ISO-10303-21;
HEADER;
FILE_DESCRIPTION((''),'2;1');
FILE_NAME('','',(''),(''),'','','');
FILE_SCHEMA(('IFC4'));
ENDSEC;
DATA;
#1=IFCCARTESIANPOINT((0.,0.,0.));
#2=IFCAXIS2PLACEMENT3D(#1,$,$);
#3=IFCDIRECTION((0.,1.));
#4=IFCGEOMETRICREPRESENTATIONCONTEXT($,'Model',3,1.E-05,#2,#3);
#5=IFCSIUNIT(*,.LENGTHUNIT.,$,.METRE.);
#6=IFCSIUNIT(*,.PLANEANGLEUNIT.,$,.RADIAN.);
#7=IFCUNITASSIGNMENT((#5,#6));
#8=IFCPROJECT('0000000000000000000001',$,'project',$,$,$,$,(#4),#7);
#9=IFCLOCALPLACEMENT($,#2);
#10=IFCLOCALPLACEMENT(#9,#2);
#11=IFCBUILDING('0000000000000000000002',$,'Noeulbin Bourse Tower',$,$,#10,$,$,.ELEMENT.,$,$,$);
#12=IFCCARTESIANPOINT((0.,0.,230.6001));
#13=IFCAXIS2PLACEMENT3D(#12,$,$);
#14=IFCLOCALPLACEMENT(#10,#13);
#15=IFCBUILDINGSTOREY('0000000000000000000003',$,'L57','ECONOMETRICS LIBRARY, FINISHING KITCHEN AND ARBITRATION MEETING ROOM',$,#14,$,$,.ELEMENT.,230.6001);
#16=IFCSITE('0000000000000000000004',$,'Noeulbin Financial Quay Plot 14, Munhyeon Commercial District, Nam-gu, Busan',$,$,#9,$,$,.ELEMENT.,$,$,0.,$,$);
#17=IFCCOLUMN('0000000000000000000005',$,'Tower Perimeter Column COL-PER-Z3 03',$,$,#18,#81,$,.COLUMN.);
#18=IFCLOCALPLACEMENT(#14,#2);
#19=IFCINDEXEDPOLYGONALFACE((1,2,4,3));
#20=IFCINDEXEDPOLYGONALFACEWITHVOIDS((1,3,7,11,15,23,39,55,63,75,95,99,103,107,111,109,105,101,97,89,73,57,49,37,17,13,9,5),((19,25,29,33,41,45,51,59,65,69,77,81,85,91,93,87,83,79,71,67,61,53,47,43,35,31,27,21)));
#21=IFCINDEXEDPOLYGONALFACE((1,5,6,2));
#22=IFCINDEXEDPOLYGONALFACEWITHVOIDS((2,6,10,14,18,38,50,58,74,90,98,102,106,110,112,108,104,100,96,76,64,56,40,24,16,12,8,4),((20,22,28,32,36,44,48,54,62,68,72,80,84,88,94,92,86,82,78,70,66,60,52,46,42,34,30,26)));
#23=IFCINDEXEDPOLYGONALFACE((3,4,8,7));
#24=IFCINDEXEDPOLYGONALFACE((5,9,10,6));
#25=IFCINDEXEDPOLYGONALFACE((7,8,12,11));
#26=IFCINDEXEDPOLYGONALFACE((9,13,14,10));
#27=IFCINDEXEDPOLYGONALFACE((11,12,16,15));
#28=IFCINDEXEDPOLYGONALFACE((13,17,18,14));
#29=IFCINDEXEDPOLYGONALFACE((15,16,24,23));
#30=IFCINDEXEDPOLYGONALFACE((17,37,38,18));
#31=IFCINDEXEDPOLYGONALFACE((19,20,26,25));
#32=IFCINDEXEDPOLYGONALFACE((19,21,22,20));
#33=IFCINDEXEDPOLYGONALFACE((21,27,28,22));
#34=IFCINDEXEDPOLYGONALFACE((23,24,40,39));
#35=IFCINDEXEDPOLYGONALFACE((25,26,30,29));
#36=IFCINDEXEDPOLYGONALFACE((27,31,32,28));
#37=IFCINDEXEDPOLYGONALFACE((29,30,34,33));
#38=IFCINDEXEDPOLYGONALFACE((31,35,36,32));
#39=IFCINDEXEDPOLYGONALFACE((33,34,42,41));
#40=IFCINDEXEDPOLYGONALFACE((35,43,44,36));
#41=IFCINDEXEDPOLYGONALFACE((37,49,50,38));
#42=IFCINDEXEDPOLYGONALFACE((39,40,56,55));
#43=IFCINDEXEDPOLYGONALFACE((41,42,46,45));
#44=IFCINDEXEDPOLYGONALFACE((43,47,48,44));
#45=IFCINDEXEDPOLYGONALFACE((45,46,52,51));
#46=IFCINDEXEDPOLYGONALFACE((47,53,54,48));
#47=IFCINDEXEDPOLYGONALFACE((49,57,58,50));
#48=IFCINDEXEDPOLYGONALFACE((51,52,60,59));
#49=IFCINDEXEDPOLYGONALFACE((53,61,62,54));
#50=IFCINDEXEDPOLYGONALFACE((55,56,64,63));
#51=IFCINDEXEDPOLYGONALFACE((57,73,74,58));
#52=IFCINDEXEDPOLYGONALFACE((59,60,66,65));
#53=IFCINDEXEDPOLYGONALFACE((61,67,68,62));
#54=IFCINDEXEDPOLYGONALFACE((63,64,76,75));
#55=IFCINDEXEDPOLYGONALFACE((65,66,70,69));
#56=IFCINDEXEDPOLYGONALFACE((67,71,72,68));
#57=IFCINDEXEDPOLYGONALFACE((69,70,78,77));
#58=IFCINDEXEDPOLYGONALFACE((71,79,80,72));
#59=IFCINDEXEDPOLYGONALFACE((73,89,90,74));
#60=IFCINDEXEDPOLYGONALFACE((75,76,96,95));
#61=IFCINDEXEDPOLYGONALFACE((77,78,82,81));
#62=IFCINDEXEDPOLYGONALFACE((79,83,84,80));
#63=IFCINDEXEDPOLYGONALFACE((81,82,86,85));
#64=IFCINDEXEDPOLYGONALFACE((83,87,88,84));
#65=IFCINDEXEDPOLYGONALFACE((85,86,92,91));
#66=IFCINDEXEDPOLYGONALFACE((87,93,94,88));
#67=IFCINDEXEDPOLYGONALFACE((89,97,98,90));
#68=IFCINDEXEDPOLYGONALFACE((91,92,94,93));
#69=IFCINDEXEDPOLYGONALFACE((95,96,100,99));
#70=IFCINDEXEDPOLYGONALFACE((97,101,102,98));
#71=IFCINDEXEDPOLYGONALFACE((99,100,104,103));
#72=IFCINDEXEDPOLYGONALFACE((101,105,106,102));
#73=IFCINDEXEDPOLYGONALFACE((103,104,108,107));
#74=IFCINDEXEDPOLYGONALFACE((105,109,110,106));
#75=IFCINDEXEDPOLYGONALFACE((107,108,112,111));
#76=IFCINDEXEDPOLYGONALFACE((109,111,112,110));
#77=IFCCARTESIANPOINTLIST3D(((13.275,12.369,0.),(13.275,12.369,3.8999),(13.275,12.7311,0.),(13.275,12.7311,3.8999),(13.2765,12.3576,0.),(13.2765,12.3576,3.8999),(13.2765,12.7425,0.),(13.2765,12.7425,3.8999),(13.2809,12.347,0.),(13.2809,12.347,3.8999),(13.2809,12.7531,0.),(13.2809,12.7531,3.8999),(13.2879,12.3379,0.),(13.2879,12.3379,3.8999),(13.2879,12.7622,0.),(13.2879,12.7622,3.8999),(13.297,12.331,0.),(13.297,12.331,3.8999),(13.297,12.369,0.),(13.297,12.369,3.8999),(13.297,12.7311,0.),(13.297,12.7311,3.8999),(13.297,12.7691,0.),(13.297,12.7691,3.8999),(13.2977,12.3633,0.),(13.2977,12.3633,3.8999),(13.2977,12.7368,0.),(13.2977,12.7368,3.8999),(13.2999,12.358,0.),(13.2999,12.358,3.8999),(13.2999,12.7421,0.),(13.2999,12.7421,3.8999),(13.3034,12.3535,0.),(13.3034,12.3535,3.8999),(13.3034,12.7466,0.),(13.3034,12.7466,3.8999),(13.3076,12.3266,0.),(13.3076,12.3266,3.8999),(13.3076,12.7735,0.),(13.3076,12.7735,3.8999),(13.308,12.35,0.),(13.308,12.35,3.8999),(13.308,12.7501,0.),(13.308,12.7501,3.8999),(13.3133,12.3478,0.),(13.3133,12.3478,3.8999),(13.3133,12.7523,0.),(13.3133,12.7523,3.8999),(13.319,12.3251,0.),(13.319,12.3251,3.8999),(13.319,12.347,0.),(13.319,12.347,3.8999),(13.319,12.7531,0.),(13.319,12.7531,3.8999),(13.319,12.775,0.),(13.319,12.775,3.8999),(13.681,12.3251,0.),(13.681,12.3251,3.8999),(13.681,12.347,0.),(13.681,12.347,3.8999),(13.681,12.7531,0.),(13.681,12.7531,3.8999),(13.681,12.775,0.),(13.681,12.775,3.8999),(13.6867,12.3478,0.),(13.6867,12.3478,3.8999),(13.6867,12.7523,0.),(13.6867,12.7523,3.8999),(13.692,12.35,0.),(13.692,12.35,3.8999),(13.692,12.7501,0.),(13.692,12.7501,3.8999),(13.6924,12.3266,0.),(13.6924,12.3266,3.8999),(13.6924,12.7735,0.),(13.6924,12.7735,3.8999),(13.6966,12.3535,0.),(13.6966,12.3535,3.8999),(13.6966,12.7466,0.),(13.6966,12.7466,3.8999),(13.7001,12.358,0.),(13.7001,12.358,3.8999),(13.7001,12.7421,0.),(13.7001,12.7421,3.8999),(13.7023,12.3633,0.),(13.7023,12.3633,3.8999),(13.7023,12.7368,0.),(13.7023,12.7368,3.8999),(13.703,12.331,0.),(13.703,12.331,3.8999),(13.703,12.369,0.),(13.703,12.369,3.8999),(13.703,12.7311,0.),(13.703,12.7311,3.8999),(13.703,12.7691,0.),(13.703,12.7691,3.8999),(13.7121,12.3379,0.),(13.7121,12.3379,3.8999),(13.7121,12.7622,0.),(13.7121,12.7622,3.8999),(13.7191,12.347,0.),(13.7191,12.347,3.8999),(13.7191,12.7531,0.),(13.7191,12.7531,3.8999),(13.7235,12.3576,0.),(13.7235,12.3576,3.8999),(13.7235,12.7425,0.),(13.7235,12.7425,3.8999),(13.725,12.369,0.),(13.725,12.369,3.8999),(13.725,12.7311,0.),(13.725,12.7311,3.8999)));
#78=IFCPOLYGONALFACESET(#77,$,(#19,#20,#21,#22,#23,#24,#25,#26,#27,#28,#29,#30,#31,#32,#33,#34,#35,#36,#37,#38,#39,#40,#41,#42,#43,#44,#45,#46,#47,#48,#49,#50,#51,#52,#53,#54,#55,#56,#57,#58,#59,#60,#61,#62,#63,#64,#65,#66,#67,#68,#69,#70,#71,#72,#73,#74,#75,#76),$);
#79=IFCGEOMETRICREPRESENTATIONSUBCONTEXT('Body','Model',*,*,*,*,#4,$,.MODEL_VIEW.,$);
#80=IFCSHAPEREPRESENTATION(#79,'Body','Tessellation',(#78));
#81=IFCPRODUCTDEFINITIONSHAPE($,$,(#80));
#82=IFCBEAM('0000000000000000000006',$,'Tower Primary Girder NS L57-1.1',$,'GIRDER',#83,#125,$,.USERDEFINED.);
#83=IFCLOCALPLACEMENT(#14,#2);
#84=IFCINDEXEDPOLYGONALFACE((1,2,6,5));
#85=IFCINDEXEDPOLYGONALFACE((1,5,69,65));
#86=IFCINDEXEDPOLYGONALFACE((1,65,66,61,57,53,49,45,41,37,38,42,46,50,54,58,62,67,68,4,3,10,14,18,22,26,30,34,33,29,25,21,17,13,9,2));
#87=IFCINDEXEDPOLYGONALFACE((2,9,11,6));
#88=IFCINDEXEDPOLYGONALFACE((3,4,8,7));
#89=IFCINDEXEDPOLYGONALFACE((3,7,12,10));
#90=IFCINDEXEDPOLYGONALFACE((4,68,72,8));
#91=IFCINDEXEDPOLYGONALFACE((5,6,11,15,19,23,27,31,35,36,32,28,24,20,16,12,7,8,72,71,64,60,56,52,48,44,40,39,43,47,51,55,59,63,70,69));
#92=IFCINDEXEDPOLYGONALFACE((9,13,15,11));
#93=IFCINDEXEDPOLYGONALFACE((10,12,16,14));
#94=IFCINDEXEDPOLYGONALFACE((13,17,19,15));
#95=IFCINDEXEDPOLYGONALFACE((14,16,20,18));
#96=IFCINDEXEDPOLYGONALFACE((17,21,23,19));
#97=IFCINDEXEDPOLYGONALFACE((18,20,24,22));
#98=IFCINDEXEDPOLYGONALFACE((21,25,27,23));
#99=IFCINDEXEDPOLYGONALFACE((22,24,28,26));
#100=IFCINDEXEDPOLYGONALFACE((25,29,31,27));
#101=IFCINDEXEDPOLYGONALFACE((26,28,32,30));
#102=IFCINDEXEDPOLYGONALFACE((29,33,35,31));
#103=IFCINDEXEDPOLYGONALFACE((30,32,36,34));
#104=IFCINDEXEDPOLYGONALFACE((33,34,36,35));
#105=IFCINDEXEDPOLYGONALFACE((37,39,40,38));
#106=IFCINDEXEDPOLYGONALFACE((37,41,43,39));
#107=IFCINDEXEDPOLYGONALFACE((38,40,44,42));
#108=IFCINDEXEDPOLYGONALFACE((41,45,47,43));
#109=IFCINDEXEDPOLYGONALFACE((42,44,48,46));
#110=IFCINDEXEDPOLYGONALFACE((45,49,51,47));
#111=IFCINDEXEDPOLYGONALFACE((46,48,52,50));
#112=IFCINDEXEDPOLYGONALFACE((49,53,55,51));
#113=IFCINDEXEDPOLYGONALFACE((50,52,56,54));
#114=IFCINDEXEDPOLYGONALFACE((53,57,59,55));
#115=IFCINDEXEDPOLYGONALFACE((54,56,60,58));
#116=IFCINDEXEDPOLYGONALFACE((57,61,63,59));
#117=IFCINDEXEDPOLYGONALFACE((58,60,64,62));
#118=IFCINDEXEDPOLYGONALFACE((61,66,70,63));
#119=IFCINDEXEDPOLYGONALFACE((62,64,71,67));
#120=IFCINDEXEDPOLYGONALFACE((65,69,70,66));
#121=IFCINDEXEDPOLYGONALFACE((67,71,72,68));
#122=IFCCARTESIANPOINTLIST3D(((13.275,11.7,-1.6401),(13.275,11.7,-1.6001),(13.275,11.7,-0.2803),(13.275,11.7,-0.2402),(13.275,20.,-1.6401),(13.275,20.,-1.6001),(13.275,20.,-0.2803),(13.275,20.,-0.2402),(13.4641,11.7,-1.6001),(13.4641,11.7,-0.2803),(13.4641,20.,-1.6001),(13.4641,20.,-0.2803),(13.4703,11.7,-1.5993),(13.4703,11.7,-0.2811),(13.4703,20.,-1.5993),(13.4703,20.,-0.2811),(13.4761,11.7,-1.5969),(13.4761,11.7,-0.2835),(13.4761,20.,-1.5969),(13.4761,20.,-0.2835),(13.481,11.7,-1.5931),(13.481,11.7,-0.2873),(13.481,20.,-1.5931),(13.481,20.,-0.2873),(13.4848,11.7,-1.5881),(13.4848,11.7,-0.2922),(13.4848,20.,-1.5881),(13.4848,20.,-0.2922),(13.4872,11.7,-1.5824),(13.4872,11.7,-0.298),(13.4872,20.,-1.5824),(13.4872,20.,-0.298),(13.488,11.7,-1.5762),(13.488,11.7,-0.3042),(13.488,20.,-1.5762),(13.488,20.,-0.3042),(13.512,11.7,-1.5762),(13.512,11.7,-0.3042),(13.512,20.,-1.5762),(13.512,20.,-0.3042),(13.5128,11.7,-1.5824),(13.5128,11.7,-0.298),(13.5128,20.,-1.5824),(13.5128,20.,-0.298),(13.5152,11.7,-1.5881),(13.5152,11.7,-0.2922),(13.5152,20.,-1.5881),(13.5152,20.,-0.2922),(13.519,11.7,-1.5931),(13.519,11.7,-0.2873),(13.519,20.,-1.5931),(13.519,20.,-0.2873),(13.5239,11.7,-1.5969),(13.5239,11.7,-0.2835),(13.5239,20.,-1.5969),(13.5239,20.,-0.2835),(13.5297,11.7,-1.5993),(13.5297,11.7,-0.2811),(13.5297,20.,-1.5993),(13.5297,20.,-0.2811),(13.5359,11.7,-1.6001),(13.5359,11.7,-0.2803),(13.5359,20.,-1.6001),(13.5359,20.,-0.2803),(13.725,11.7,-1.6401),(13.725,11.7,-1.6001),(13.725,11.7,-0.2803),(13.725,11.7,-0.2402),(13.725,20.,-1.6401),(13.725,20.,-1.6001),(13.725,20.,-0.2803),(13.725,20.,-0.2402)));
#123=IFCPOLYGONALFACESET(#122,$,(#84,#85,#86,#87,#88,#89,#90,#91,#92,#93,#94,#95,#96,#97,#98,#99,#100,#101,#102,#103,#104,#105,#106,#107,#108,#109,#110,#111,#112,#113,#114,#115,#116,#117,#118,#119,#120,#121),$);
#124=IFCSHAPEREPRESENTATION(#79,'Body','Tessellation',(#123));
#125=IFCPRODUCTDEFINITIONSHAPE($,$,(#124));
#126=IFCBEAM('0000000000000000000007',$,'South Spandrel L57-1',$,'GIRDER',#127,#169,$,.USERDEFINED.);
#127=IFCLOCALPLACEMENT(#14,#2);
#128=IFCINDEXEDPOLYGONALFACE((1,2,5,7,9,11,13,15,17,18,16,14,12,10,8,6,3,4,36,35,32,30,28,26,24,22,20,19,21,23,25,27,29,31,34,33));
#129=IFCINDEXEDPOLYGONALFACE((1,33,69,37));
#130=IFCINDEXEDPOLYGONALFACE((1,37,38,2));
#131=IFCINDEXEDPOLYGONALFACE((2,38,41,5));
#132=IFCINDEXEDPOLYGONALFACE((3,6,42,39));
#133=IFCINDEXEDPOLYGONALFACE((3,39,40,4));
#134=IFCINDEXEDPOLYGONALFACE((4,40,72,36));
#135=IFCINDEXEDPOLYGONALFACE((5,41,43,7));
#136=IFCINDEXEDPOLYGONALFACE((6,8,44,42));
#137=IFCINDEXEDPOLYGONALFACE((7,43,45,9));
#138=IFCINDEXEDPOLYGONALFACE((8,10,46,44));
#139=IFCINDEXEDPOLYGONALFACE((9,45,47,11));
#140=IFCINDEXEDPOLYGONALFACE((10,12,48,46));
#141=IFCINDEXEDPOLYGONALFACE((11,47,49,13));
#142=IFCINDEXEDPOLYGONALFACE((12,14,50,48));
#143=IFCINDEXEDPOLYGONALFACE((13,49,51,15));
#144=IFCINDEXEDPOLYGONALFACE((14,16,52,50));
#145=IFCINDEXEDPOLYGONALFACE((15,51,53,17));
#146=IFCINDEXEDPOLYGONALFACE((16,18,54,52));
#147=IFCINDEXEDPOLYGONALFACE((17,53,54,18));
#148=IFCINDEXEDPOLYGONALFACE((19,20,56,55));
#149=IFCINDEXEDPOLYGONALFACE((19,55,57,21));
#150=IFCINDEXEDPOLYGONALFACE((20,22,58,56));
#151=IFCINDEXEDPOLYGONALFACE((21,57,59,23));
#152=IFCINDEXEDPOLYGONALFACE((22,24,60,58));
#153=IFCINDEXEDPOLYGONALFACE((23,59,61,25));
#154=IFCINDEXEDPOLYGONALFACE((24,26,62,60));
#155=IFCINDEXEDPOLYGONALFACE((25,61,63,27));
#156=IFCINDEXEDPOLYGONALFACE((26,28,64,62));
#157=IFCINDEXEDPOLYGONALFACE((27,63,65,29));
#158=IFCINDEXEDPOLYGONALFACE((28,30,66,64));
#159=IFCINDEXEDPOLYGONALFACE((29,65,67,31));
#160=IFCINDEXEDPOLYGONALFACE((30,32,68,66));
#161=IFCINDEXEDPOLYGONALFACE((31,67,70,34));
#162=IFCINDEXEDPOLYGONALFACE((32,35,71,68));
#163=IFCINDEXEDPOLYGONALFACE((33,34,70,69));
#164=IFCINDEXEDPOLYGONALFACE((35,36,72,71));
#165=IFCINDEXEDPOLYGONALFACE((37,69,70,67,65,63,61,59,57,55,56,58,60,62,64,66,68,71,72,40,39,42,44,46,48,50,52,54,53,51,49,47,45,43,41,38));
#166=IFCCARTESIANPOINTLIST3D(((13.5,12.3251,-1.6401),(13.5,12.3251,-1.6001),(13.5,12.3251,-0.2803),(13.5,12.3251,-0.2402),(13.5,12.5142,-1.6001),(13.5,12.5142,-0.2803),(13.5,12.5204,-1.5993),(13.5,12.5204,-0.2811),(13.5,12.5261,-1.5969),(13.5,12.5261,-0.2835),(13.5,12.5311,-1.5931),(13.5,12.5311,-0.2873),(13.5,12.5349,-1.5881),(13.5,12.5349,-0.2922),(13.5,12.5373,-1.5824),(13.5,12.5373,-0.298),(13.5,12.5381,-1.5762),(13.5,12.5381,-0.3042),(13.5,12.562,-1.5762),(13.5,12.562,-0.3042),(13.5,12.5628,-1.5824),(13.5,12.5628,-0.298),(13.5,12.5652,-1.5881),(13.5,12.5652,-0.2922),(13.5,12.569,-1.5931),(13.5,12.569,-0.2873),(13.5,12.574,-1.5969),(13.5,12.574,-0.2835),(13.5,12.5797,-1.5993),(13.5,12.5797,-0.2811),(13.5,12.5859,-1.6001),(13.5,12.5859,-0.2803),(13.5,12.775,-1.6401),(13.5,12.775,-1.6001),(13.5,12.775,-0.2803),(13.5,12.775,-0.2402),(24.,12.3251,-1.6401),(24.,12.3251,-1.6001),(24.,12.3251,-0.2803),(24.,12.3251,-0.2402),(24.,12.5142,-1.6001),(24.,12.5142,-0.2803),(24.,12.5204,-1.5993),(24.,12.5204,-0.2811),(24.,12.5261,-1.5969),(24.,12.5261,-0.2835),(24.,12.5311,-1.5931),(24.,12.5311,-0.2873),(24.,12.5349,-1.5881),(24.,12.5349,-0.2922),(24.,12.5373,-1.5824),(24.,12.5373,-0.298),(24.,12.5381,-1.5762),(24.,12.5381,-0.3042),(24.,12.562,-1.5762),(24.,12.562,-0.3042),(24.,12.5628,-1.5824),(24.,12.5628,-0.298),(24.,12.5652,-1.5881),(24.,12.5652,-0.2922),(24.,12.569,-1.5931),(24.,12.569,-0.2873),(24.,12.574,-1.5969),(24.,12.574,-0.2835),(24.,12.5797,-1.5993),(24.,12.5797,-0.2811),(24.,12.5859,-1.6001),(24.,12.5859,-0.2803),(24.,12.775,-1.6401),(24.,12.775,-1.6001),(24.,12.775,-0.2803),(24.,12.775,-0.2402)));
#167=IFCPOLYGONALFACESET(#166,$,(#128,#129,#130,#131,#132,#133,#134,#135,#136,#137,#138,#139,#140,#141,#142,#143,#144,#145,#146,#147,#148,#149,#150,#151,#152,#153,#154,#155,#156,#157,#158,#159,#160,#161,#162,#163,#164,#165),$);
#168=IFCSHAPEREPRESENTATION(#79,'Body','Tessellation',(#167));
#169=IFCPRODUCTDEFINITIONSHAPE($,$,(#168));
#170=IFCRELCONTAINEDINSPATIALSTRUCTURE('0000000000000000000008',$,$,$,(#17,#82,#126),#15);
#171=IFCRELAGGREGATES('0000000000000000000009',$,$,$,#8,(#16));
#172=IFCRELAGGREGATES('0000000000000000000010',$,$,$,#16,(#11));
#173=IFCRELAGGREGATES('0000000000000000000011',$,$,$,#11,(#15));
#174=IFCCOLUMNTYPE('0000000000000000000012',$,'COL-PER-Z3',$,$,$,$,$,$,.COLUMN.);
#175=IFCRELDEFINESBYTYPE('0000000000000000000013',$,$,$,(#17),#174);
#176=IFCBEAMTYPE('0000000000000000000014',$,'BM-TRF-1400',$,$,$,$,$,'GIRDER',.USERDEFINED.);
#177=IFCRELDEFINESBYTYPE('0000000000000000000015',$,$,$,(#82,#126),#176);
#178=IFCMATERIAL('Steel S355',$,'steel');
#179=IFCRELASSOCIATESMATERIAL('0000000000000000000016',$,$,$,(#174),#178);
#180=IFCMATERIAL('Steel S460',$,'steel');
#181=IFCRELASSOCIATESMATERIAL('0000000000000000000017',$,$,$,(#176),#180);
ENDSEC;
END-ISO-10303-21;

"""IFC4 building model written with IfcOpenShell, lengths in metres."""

from ifc_helpers import new_model, si_unit, direction, frame, origin, origin_2d, place, context, subcontext, project, spatial, hollow_rectangle, i_section, extrude, material, material_profile, profile_set, type_object, element, save


model = new_model("IFC4")

# Units and contexts
model_context = context("Model", 3, precision=1e-05, world=origin(), true_north=direction((0.0, 1.0)))
body_context = subcontext(model_context, "Body", "Model", "MODEL_VIEW")
ifc_project = project(units=[si_unit("LENGTHUNIT", "METRE"), si_unit("PLANEANGLEUNIT", "RADIAN")], contexts=[model_context])

# Site, building, storey
site_placement = place(None, origin())
site = spatial("IfcSite", under=ifc_project, at=site_placement, Name="Noeulbin Financial Quay Plot 14, Munhyeon Commercial District, Nam-gu, Busan", CompositionType="ELEMENT", RefElevation=0.0)
building_placement = place(site_placement, origin())
building = spatial("IfcBuilding", under=site, at=building_placement, Name="Noeulbin Bourse Tower", CompositionType="ELEMENT")
storey_placement = place(building_placement, frame((0.0, 0.0, 230.6001)))
storey = spatial("IfcBuildingStorey", under=building, at=storey_placement, Name="L57", Description="ECONOMETRICS LIBRARY, FINISHING KITCHEN AND ARBITRATION MEETING ROOM", CompositionType="ELEMENT", Elevation=230.6001)

# Column
ifc_material_1 = material(Name="Steel S355", Category="steel")
ifc_material_profile_1 = material_profile(ifc_material_1, hollow_rectangle(XDim=0.45, YDim=0.45, WallThickness=0.022, InnerFilletRadius=0.022, OuterFilletRadius=0.0439, at=origin_2d()), Name="SHS-450x450x22", Category="LoadBearing")
ifc_profile_set_1 = profile_set([ifc_material_profile_1], Name="Steel S355")
column_type = type_object("IfcColumnType", Name="COL-PER-Z3", PredefinedType="COLUMN", material=ifc_profile_set_1)
column_placement = place(storey_placement, frame((13.5, 12.55, 0.0), z_axis=(0.0, 0.0, 1.0), x_axis=(1.0, 0.0, 0.0)))
element("IfcColumn", 1, at=column_placement, inside=storey, type_object=column_type, Name="Tower Perimeter Column COL-PER-Z3 03", PredefinedType="COLUMN", context=body_context, shape_type="SweptSolid", body=[
    extrude(hollow_rectangle(XDim=0.45, YDim=0.45, WallThickness=0.022, InnerFilletRadius=0.022, OuterFilletRadius=0.0439, at=origin_2d()), origin(), (0.0, 0.0, 1.0), 3.8999),
])

# Beams
ifc_material_2 = material(Name="Steel S460", Category="steel")
ifc_material_profile_2 = material_profile(ifc_material_2, i_section(OverallWidth=0.45, OverallDepth=1.3999, WebThickness=0.0239, FlangeThickness=0.04, FilletRadius=0.0239, at=origin_2d()), Name="PG-1400x450x24x40", Category="LoadBearing")
ifc_profile_set_2 = profile_set([ifc_material_profile_2], Name="Steel S460")
beam_type = type_object("IfcBeamType", Name="BM-TRF-1400", ElementType="GIRDER", PredefinedType="USERDEFINED", material=ifc_profile_set_2)
beam_1_placement = place(storey_placement, frame((13.5, 11.7, -0.9402), z_axis=(0.0, 1.0, 0.0), x_axis=(-1.0, 0.0, 0.0)))
element("IfcBeam", 2, at=beam_1_placement, inside=storey, type_object=beam_type, Name="Tower Primary Girder NS L57-1.1", ObjectType="GIRDER", PredefinedType="USERDEFINED", context=body_context, shape_type="SweptSolid", body=[
    extrude(i_section(OverallWidth=0.45, OverallDepth=1.3999, WebThickness=0.0239, FlangeThickness=0.04, FilletRadius=0.0239, at=origin_2d()), origin(), (0.0, 0.0, 1.0), 8.3),
])
beam_2_placement = place(storey_placement, frame((13.5, 12.55, -0.9402), z_axis=(1.0, 0.0, 0.0), x_axis=(0.0, 1.0, 0.0)))
element("IfcBeam", 3, at=beam_2_placement, inside=storey, type_object=beam_type, Name="South Spandrel L57-1", ObjectType="GIRDER", PredefinedType="USERDEFINED", context=body_context, shape_type="SweptSolid", body=[
    extrude(i_section(OverallWidth=0.45, OverallDepth=1.3999, WebThickness=0.0239, FlangeThickness=0.04, FilletRadius=0.0239, at=origin_2d()), origin(), (0.0, 0.0, 1.0), 10.5),
])

save(model, "model.ifc")
